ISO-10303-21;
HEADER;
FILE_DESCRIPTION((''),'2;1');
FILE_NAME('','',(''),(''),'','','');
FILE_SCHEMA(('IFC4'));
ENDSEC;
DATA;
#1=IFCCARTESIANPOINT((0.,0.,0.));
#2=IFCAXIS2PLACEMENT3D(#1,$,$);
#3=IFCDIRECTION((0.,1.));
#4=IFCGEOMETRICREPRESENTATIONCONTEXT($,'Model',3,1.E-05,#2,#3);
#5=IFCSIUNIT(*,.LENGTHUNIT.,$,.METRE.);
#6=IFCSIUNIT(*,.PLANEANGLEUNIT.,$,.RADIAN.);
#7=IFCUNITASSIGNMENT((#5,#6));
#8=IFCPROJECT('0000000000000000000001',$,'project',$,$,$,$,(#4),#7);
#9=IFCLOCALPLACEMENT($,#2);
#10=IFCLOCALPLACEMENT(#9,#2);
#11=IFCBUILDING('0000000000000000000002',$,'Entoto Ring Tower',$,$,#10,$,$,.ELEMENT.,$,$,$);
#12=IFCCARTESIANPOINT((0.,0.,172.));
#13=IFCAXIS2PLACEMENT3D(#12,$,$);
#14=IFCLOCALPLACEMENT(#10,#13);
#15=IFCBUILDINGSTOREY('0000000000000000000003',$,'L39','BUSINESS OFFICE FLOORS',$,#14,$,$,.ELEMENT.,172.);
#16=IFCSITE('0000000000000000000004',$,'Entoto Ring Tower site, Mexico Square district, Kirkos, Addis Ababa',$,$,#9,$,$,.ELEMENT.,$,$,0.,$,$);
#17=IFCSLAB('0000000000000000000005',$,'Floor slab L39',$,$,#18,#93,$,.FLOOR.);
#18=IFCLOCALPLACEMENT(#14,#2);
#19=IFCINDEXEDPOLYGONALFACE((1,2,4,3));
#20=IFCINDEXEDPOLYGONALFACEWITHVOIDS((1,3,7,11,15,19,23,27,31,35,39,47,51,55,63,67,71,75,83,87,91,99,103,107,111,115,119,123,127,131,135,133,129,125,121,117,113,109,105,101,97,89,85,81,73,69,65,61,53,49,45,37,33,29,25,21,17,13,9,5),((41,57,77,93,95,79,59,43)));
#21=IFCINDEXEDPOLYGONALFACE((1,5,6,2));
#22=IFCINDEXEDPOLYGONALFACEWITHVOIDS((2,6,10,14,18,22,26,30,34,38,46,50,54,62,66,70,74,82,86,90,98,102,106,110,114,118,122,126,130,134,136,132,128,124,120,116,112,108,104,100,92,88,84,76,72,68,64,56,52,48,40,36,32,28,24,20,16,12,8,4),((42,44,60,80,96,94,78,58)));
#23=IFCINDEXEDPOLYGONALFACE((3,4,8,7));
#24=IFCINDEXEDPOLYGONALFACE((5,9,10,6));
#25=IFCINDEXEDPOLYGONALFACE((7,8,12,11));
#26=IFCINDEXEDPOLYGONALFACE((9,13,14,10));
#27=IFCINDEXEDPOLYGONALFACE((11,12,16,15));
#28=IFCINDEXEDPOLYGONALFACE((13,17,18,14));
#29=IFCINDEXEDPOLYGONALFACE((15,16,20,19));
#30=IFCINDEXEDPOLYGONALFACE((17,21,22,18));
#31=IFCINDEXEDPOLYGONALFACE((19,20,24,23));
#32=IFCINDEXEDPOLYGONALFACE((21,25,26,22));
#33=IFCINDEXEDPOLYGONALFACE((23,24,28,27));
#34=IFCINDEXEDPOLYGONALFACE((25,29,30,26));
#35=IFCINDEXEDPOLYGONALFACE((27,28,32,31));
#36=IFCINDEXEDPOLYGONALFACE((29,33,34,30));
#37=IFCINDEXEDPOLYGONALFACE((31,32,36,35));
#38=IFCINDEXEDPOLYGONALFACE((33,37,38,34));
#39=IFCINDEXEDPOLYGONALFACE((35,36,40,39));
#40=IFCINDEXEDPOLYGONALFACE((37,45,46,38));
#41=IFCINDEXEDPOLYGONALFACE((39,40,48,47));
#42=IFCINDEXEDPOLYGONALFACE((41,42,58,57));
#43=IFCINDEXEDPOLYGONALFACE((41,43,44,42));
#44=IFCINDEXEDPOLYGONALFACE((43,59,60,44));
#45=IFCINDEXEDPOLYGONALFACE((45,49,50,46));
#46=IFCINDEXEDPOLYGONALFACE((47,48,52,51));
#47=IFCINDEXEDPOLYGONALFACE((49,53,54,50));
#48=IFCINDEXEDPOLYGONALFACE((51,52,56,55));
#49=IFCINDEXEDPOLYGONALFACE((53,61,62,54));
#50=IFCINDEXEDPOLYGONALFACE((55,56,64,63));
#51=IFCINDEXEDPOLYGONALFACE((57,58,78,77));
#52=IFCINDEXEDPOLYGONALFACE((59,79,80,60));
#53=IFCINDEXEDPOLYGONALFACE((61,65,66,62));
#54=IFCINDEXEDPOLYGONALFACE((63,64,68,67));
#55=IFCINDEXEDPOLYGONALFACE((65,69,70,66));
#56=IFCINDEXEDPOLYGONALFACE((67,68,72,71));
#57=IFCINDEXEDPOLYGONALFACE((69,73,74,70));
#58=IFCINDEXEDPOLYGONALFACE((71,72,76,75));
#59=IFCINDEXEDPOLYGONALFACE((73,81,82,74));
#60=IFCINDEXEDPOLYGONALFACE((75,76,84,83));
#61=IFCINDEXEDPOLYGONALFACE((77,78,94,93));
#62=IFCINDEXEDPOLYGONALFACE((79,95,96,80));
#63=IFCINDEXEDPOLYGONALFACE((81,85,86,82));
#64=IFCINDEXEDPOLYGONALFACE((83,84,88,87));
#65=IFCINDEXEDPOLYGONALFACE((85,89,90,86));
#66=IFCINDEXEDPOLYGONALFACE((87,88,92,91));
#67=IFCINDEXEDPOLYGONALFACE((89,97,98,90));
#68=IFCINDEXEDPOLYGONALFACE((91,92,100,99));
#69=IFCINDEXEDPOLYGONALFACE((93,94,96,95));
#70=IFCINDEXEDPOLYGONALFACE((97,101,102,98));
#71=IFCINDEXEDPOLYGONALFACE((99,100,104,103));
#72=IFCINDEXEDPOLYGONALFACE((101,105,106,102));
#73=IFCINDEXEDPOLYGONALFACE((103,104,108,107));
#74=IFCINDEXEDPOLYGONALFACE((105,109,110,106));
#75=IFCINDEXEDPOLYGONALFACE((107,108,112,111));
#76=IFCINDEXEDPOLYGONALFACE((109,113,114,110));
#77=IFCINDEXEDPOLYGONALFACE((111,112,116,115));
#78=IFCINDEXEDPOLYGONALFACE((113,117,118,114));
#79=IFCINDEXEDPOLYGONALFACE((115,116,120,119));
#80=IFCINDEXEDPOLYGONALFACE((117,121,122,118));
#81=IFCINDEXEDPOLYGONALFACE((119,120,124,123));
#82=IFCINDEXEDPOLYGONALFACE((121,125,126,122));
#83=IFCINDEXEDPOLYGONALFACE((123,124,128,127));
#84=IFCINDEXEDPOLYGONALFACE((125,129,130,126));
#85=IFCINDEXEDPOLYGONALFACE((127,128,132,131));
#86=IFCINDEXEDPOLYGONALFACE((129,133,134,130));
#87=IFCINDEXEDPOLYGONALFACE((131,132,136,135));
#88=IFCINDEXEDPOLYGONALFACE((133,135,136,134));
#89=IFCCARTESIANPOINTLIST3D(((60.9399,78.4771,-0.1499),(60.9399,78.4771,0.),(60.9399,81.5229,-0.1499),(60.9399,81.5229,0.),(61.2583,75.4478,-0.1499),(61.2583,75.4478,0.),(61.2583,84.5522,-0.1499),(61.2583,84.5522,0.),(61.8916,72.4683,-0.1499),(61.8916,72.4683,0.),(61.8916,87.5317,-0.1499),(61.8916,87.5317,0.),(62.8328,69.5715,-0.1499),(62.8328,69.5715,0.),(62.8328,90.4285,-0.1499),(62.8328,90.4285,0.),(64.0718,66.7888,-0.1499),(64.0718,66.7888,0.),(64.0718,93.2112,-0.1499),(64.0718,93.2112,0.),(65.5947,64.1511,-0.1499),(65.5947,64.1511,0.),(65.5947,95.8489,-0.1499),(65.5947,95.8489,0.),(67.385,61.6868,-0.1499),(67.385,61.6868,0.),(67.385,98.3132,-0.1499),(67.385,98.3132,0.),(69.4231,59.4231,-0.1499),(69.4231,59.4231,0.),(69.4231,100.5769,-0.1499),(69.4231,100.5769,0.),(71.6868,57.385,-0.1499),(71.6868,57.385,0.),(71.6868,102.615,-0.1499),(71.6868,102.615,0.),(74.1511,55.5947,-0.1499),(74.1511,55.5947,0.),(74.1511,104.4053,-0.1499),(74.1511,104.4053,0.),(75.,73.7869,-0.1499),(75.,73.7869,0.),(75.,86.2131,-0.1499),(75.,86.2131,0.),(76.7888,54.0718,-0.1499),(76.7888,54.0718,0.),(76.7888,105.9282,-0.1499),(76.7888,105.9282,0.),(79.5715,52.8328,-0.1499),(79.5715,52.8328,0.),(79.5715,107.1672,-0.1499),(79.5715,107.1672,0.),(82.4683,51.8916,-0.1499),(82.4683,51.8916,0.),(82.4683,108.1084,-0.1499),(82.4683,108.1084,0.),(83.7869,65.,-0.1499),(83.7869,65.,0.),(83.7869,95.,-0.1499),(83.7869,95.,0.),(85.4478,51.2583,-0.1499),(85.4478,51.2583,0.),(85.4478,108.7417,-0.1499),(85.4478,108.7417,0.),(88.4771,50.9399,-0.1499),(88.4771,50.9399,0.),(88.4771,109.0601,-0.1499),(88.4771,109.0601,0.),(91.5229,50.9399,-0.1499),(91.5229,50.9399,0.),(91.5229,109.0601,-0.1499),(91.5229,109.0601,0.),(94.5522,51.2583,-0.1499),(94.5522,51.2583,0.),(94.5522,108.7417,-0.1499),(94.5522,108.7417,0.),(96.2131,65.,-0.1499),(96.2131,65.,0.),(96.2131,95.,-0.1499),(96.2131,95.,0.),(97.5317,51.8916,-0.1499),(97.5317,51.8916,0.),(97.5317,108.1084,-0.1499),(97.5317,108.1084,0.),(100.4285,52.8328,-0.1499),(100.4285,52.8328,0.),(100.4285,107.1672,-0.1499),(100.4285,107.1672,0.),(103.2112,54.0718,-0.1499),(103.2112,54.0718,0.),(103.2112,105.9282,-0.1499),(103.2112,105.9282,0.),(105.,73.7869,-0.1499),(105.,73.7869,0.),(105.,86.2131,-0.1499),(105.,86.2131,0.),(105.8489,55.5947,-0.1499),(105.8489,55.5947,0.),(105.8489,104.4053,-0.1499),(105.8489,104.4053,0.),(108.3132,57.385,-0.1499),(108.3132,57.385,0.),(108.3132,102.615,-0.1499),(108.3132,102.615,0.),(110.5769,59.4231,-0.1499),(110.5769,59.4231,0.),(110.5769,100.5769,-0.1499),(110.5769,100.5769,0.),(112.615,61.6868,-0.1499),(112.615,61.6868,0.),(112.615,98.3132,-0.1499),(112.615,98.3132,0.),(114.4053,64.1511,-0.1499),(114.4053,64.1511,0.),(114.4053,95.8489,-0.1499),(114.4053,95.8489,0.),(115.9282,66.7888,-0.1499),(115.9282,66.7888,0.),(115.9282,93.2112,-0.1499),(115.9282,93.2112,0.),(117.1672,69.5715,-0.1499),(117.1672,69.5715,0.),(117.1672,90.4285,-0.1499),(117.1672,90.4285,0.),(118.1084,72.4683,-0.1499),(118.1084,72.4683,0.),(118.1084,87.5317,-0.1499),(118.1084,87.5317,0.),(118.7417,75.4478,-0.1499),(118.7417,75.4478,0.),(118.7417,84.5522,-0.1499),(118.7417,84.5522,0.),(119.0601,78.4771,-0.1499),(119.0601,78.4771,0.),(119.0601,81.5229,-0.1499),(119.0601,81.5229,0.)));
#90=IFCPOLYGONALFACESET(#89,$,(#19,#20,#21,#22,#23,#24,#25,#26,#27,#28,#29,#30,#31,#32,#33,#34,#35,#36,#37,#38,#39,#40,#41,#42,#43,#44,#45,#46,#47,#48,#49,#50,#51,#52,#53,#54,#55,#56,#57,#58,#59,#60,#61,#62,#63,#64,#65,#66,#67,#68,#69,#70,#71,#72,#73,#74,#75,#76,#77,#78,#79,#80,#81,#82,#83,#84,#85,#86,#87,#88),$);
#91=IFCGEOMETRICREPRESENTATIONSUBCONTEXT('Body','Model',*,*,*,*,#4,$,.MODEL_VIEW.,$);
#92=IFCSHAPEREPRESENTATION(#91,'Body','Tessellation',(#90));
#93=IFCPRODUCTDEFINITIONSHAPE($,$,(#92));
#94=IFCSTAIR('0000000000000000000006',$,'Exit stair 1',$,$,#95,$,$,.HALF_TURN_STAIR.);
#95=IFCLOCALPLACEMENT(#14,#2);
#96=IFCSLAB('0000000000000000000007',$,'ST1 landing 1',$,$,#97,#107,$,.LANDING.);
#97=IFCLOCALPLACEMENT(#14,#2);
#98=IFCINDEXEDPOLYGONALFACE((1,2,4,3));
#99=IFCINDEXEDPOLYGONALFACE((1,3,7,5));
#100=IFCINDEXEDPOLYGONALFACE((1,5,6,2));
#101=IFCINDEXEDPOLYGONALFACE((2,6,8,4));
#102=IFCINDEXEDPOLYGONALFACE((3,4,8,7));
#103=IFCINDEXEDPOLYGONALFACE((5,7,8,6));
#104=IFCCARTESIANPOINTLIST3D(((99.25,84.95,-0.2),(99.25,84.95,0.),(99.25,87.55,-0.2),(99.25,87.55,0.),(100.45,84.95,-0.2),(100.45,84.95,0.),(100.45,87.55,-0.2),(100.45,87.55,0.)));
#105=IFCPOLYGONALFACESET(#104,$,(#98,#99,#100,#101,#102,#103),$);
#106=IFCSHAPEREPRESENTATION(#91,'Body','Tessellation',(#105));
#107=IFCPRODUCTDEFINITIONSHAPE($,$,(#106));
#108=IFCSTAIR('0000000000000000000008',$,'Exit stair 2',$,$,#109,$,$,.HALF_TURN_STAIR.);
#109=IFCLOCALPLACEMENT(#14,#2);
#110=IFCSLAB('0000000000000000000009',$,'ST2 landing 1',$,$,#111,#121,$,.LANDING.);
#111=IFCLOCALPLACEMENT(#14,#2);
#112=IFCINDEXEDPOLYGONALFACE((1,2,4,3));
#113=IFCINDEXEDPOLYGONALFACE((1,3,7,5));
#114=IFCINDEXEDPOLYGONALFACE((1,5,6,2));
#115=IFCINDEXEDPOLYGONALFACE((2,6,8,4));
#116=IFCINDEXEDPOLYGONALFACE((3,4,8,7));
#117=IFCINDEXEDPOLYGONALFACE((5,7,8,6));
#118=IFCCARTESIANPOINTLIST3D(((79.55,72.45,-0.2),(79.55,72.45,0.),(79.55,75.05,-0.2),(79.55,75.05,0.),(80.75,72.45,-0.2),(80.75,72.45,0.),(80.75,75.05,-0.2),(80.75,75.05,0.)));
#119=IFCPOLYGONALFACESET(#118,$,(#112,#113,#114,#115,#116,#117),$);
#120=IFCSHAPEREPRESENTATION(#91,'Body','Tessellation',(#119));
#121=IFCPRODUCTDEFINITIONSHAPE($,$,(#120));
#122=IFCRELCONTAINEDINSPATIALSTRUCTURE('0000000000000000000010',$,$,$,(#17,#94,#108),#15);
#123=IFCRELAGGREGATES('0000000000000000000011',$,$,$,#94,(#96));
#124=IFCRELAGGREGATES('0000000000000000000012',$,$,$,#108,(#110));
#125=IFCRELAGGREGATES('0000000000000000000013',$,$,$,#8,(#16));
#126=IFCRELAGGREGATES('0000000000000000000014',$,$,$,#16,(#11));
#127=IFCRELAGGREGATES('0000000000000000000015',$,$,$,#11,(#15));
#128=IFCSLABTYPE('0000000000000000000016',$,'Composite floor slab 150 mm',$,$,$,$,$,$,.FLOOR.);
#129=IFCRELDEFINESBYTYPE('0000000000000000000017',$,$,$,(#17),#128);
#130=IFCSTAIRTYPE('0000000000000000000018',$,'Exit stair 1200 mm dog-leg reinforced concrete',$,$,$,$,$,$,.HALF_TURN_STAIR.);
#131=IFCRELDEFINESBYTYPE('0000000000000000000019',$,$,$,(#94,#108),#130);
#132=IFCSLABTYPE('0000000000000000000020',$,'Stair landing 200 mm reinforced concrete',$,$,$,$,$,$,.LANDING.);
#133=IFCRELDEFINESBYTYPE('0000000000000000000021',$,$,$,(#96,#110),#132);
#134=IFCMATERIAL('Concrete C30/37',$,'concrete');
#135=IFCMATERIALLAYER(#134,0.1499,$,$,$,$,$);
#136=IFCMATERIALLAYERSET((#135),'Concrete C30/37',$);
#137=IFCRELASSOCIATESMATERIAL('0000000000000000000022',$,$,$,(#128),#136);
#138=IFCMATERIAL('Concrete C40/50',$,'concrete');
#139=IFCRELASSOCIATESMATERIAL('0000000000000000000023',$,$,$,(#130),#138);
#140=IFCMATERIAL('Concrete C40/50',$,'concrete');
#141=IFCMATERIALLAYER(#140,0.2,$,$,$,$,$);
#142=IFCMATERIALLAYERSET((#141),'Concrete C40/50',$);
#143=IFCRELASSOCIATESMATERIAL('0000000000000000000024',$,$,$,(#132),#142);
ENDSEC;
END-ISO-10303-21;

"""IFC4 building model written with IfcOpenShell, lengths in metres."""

from ifc_helpers import new_model, si_unit, direction, frame, origin, place, context, subcontext, project, spatial, polyline, outline, extrude, material, layer, layer_set, type_object, element, aggregate, save


model = new_model("IFC4")

# Units and contexts
model_context = context("Model", 3, precision=1e-05, world=origin(), true_north=direction((0.0, 1.0)))
body_context = subcontext(model_context, "Body", "Model", "MODEL_VIEW")
ifc_project = project(units=[si_unit("LENGTHUNIT", "METRE"), si_unit("PLANEANGLEUNIT", "RADIAN")], contexts=[model_context])

# Site, building, storey
site_placement = place(None, origin())
building_placement = place(site_placement, origin())
storey_placement = place(building_placement, frame((0.0, 0.0, 172.0)))
site = spatial("IfcSite", under=ifc_project, at=site_placement, Name="Entoto Ring Tower site, Mexico Square district, Kirkos, Addis Ababa", CompositionType="ELEMENT", RefElevation=0.0)
building = spatial("IfcBuilding", under=site, at=building_placement, Name="Entoto Ring Tower", CompositionType="ELEMENT")
storey = spatial("IfcBuildingStorey", under=building, at=storey_placement, Name="L39", Description="BUSINESS OFFICE FLOORS", CompositionType="ELEMENT", Elevation=172.0)

# Slab
ifc_material_1 = material(Name="Concrete C30/37", Category="concrete")
ifc_layer_1 = layer(ifc_material_1, 0.1499)
ifc_layer_set_1 = layer_set([ifc_layer_1], Name="Concrete C30/37")
slab_type_1 = type_object("IfcSlabType", Name="Composite floor slab 150 mm", PredefinedType="FLOOR", material=ifc_layer_set_1)
slab_1_placement = place(storey_placement, frame((0.0, 0.0, -0.1499)))
element("IfcSlab", 1, at=slab_1_placement, inside=storey, type_object=slab_type_1, Name="Floor slab L39", PredefinedType="FLOOR", context=body_context, shape_type="SweptSolid", body=[
    extrude(outline(polyline([(118.7417, 84.5522), (118.1084, 87.5317), (117.1672, 90.4285), (115.9282, 93.2112), (114.4053, 95.8489), (112.615, 98.3132), (110.5769, 100.5769), (108.3132, 102.615), (105.8489, 104.4053), (103.2112, 105.9282), (100.4285, 107.1672), (97.5317, 108.1084), (94.5522, 108.7417), (91.5229, 109.0601), (88.4771, 109.0601), (85.4478, 108.7417), (82.4683, 108.1084), (79.5715, 107.1672), (76.7888, 105.9282), (74.1511, 104.4053), (71.6868, 102.615), (69.4231, 100.5769), (67.385, 98.3132), (65.5947, 95.8489), (64.0718, 93.2112), (62.8328, 90.4285), (61.8916, 87.5317), (61.2583, 84.5522), (60.9399, 81.5229), (60.9399, 78.4771), (61.2583, 75.4478), (61.8916, 72.4683), (62.8328, 69.5715), (64.0718, 66.7888), (65.5947, 64.1511), (67.385, 61.6868), (69.4231, 59.4231), (71.6868, 57.385), (74.1511, 55.5947), (76.7888, 54.0718), (79.5715, 52.8328), (82.4683, 51.8916), (85.4478, 51.2583), (88.4771, 50.9399), (91.5229, 50.9399), (94.5522, 51.2583), (97.5317, 51.8916), (100.4285, 52.8328), (103.2112, 54.0718), (105.8489, 55.5947), (108.3132, 57.385), (110.5769, 59.4231), (112.615, 61.6868), (114.4053, 64.1511), (115.9282, 66.7888), (117.1672, 69.5715), (118.1084, 72.4683), (118.7417, 75.4478), (119.0601, 78.4771), (119.0601, 81.5229), (118.7417, 84.5522)]), holes=[polyline([(105.0, 73.7869), (105.0, 86.2131), (96.2131, 95.0), (83.7869, 95.0), (75.0, 86.2131), (75.0, 73.7869), (83.7869, 65.0), (96.2131, 65.0), (105.0, 73.7869)])]), origin(), (0.0, 0.0, 1.0), 0.1499),
])

# Stairs, slabs
ifc_material_2 = material(Name="Concrete C40/50", Category="concrete")
stair_type = type_object("IfcStairType", Name="Exit stair 1200 mm dog-leg reinforced concrete", PredefinedType="HALF_TURN_STAIR", material=ifc_material_2)
stair_1_placement = place(storey_placement, origin())
stair_1 = element("IfcStair", 2, at=stair_1_placement, inside=storey, type_object=stair_type, Name="Exit stair 1", PredefinedType="HALF_TURN_STAIR")
ifc_material_3 = material(Name="Concrete C40/50", Category="concrete")
ifc_layer_2 = layer(ifc_material_3, 0.2)
ifc_layer_set_2 = layer_set([ifc_layer_2], Name="Concrete C40/50")
slab_type_2 = type_object("IfcSlabType", Name="Stair landing 200 mm reinforced concrete", PredefinedType="LANDING", material=ifc_layer_set_2)
slab_2_placement = place(storey_placement, frame((0.0, 0.0, -0.2)))
slab_2 = element("IfcSlab", 3, at=slab_2_placement, type_object=slab_type_2, Name="ST1 landing 1", PredefinedType="LANDING", context=body_context, shape_type="SweptSolid", body=[
    extrude(outline(polyline([(100.45, 84.95), (100.45, 87.55), (99.25, 87.55), (99.25, 84.95), (100.45, 84.95)])), origin(), (0.0, 0.0, 1.0), 0.2),
])
aggregate(stair_1, [slab_2])
stair_2_placement = place(storey_placement, origin())
stair_2 = element("IfcStair", 4, at=stair_2_placement, inside=storey, type_object=stair_type, Name="Exit stair 2", PredefinedType="HALF_TURN_STAIR")
slab_3_placement = place(storey_placement, frame((0.0, 0.0, -0.2)))
slab_3 = element("IfcSlab", 5, at=slab_3_placement, type_object=slab_type_2, Name="ST2 landing 1", PredefinedType="LANDING", context=body_context, shape_type="SweptSolid", body=[
    extrude(outline(polyline([(80.75, 72.45), (80.75, 75.05), (79.55, 75.05), (79.55, 72.45), (80.75, 72.45)])), origin(), (0.0, 0.0, 1.0), 0.2),
])
aggregate(stair_2, [slab_3])

save(model, "model.ifc")
